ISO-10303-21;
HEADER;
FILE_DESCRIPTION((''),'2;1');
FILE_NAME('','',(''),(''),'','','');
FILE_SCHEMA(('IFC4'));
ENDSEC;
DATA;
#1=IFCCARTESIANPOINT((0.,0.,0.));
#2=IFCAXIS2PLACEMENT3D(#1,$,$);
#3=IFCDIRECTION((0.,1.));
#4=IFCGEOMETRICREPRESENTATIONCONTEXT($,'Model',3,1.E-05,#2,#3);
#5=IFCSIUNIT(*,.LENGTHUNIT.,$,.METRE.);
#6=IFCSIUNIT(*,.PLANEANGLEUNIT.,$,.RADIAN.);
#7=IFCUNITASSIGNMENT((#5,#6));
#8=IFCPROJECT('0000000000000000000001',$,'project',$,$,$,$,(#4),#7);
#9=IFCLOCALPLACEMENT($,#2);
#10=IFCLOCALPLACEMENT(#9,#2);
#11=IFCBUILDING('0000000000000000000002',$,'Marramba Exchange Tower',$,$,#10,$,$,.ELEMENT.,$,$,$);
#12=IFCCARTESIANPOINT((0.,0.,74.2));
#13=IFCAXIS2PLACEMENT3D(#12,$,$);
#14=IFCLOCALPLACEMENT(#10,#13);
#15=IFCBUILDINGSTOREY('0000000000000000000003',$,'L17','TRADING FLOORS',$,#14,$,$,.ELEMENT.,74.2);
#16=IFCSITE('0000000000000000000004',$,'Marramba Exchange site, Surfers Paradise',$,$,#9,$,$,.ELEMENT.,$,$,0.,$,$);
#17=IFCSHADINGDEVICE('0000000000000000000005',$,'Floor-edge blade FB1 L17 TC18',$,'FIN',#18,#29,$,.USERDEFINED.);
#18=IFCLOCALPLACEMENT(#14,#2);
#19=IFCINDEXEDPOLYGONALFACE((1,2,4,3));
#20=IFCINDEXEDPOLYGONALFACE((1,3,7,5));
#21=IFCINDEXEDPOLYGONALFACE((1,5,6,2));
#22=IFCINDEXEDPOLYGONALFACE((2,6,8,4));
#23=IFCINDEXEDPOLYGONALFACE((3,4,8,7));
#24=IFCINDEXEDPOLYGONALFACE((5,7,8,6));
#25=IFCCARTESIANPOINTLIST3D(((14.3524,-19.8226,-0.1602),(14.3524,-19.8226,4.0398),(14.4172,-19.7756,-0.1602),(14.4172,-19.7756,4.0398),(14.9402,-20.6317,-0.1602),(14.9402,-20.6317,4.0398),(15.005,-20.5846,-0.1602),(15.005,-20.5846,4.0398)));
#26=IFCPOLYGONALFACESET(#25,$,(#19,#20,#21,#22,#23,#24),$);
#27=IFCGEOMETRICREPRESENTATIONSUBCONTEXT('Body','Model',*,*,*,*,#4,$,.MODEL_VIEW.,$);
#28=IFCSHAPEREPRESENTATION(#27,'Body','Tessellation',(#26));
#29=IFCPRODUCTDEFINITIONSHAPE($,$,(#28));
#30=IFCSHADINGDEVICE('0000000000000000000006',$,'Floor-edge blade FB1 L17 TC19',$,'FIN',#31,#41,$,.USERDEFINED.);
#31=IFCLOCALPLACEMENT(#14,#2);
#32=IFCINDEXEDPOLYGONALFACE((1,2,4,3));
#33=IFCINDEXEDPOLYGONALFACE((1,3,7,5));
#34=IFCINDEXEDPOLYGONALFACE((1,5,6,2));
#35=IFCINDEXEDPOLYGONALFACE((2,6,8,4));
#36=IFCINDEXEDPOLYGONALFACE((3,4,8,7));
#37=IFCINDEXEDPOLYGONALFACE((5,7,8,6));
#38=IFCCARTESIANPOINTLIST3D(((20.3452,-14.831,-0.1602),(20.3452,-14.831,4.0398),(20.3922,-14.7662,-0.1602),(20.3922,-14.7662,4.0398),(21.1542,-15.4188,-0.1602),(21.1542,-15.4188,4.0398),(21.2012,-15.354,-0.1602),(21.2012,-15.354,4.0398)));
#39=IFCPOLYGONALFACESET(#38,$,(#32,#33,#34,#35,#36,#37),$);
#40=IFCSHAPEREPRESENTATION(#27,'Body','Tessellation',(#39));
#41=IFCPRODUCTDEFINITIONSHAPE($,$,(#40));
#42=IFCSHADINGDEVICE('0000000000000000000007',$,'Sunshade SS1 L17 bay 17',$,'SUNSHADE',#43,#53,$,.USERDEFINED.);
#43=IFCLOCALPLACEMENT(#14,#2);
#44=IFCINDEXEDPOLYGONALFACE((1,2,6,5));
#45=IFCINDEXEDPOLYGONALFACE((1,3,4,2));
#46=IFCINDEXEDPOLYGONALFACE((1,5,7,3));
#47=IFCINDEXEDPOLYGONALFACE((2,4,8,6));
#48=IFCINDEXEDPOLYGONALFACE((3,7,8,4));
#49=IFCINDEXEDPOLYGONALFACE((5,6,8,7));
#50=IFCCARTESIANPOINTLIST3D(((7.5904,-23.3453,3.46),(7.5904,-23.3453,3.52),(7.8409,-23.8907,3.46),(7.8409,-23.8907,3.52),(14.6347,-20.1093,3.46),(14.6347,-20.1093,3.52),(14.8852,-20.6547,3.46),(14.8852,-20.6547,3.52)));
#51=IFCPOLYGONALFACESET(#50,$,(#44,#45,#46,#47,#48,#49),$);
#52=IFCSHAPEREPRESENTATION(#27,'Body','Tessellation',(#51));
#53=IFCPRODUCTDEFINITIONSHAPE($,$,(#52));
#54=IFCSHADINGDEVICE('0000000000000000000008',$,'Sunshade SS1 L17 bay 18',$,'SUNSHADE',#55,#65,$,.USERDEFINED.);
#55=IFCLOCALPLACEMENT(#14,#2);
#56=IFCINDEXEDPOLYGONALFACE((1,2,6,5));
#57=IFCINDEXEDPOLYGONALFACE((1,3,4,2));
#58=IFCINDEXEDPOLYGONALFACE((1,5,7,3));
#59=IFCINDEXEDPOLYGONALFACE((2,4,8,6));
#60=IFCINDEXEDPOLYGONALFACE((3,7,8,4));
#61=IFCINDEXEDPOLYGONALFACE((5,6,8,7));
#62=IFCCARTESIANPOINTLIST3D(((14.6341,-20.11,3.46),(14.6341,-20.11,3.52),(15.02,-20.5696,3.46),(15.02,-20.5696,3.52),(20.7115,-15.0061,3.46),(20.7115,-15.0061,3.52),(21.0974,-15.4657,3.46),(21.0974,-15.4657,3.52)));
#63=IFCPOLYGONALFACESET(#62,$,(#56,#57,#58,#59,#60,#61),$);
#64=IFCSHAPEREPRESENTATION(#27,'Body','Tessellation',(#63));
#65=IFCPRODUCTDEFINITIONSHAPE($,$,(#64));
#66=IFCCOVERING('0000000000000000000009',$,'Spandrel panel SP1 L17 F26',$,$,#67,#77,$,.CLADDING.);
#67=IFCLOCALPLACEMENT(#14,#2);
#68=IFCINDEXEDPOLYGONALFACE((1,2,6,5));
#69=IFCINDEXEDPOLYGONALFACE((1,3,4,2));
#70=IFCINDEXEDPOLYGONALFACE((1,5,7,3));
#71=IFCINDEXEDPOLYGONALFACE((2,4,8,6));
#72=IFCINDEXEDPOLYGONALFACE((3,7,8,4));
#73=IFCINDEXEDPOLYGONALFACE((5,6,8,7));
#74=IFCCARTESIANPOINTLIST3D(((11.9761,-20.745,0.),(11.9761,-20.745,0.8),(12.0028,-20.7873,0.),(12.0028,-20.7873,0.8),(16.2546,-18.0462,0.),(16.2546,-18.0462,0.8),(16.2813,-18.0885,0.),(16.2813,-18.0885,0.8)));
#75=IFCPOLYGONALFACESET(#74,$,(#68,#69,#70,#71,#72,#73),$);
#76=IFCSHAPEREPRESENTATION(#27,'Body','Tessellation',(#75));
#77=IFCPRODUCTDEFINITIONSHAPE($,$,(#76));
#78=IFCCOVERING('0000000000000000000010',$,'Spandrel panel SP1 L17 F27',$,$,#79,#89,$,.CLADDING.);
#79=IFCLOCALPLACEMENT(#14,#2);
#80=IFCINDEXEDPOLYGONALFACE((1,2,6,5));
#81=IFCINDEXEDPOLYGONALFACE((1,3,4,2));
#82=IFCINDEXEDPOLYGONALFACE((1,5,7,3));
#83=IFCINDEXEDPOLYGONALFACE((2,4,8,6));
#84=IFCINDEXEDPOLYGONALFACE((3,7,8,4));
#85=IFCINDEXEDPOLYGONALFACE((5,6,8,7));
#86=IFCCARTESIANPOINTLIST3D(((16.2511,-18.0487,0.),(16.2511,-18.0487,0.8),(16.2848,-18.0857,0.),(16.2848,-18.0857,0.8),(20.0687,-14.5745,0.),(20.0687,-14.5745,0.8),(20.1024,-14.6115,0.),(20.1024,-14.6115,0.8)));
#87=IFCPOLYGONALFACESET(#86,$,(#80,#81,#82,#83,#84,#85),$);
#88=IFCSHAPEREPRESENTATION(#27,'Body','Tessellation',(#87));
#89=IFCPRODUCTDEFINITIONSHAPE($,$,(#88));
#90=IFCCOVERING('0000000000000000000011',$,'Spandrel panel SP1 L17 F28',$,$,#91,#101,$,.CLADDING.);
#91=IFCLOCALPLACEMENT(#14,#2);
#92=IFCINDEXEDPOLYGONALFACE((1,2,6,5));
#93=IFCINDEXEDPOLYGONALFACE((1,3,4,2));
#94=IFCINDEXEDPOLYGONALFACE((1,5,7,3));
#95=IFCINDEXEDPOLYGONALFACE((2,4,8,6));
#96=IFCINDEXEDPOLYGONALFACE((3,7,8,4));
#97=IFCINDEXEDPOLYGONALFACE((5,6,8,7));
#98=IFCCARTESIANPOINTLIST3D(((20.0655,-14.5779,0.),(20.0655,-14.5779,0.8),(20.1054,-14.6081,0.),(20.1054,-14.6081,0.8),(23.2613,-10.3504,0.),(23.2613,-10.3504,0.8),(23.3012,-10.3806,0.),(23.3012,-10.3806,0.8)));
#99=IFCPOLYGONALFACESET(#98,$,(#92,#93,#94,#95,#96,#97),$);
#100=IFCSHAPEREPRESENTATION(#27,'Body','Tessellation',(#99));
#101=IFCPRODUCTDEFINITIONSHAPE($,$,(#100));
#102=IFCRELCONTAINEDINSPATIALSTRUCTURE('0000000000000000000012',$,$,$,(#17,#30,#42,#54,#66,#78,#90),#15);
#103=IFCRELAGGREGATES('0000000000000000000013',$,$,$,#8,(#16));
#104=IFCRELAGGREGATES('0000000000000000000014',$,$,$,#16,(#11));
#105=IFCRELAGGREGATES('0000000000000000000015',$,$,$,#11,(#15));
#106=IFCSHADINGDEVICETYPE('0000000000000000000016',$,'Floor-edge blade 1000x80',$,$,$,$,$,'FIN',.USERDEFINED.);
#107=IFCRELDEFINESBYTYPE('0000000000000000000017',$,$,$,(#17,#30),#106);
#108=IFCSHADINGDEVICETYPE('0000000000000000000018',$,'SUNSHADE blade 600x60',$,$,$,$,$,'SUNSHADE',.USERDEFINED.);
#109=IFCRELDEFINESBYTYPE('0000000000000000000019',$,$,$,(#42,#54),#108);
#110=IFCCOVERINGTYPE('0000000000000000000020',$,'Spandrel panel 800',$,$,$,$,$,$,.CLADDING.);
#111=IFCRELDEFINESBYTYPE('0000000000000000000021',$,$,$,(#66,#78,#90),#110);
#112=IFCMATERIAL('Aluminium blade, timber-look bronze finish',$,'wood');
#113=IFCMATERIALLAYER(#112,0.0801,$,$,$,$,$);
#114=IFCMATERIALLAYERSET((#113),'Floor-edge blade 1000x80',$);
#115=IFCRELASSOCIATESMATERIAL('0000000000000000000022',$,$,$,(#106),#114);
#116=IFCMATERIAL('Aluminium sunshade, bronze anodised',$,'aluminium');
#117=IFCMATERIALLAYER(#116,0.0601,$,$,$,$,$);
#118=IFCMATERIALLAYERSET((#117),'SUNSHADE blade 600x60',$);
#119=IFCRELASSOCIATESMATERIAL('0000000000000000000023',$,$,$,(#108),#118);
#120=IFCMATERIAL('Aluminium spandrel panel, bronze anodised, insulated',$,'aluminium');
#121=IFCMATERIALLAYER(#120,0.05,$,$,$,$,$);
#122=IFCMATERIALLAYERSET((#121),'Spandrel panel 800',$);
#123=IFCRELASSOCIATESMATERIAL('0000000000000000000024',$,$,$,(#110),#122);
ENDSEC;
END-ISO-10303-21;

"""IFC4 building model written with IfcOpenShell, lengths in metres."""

from ifc_helpers import new_model, si_unit, direction, frame, origin, origin_2d, place, context, subcontext, project, spatial, rectangle, extrude, material, layer, layer_set, type_object, element, save


model = new_model("IFC4")

# Units and contexts
model_context = context("Model", 3, precision=1e-05, world=origin(), true_north=direction((0.0, 1.0)))
body_context = subcontext(model_context, "Body", "Model", "MODEL_VIEW")
ifc_project = project(units=[si_unit("LENGTHUNIT", "METRE"), si_unit("PLANEANGLEUNIT", "RADIAN")], contexts=[model_context])

# Site, building, storey
site_placement = place(None, origin())
site = spatial("IfcSite", under=ifc_project, at=site_placement, Name="Marramba Exchange site, Surfers Paradise", CompositionType="ELEMENT", RefElevation=0.0)
building_placement = place(site_placement, origin())
building = spatial("IfcBuilding", under=site, at=building_placement, Name="Marramba Exchange Tower", CompositionType="ELEMENT")
storey_placement = place(building_placement, frame((0.0, 0.0, 74.2)))
storey = spatial("IfcBuildingStorey", under=building, at=storey_placement, Name="L17", Description="TRADING FLOORS", CompositionType="ELEMENT", Elevation=74.2)

# Shading devices
ifc_material_1 = material(Name="Aluminium blade, timber-look bronze finish", Category="wood")
ifc_layer_1 = layer(ifc_material_1, 0.0801)
ifc_layer_set_1 = layer_set([ifc_layer_1], Name="Floor-edge blade 1000x80")
shading_device_type_1 = type_object("IfcShadingDeviceType", Name="Floor-edge blade 1000x80", ElementType="FIN", PredefinedType="USERDEFINED", material=ifc_layer_set_1)
for number, where, z_axis, x_axis, name in (
    (1, (14.6787, -20.2036, -0.1602), (0.0, 0.0, 1.0), (0.587785, -0.809017, 0.0), "Floor-edge blade FB1 L17 TC18"),
    (2, (20.7732, -15.0925, -0.1602), (0.0, 0.0, 1.0), (0.809017, -0.587785, 0.0), "Floor-edge blade FB1 L17 TC19"),
):
    element("IfcShadingDevice", number, at=place(storey_placement, frame(where, z_axis=z_axis, x_axis=x_axis)), inside=storey, type_object=shading_device_type_1, Name=name, ObjectType="FIN", PredefinedType="USERDEFINED", context=body_context, shape_type="SweptSolid", body=[
        extrude(rectangle(XDim=1.0, YDim=0.0801, at=origin_2d()), origin(), (0.0, 0.0, 1.0), 4.2),
    ])
ifc_material_2 = material(Name="Aluminium sunshade, bronze anodised", Category="aluminium")
ifc_layer_2 = layer(ifc_material_2, 0.0601)
ifc_layer_set_2 = layer_set([ifc_layer_2], Name="SUNSHADE blade 600x60")
shading_device_type_2 = type_object("IfcShadingDeviceType", Name="SUNSHADE blade 600x60", ElementType="SUNSHADE", PredefinedType="USERDEFINED", material=ifc_layer_set_2)
shading_device_1_placement = place(storey_placement, frame((11.2378, -22.0, 3.46), z_axis=(0.0, 0.0, 1.0), x_axis=(0.908704, 0.417442, 0.0)))
element("IfcShadingDevice", 3, at=shading_device_1_placement, inside=storey, type_object=shading_device_type_2, Name="Sunshade SS1 L17 bay 17", ObjectType="SUNSHADE", PredefinedType="USERDEFINED", context=body_context, shape_type="SweptSolid", body=[
    extrude(rectangle(XDim=7.752, YDim=0.6001, at=origin_2d()), origin(), (0.0, 0.0, 1.0), 0.0601),
])
shading_device_2_placement = place(storey_placement, frame((17.8657, -17.7878, 3.46), z_axis=(0.0, 0.0, 1.0), x_axis=(0.765776, 0.643107, 0.0)))
element("IfcShadingDevice", 4, at=shading_device_2_placement, inside=storey, type_object=shading_device_type_2, Name="Sunshade SS1 L17 bay 18", ObjectType="SUNSHADE", PredefinedType="USERDEFINED", context=body_context, shape_type="SweptSolid", body=[
    extrude(rectangle(XDim=7.9363, YDim=0.6001, at=origin_2d()), origin(), (0.0, 0.0, 1.0), 0.0601),
])

# Coverings
ifc_material_3 = material(Name="Aluminium spandrel panel, bronze anodised, insulated", Category="aluminium")
ifc_layer_3 = layer(ifc_material_3, 0.05)
ifc_layer_set_3 = layer_set([ifc_layer_3], Name="Spandrel panel 800")
covering_type = type_object("IfcCoveringType", Name="Spandrel panel 800", PredefinedType="CLADDING", material=ifc_layer_set_3)
covering_1_placement = place(storey_placement, frame((14.1287, -19.4167, 0.0), z_axis=(0.0, 0.0, 1.0), x_axis=(0.845791, 0.533515, 0.0)))
element("IfcCovering", 5, at=covering_1_placement, inside=storey, type_object=covering_type, Name="Spandrel panel SP1 L17 F26", PredefinedType="CLADDING", context=body_context, shape_type="SweptSolid", body=[
    extrude(rectangle(XDim=5.0586, YDim=0.05, at=origin_2d()), origin(), (0.0, 0.0, 1.0), 0.8),
])
covering_2_placement = place(storey_placement, frame((18.1768, -16.3301, 0.0), z_axis=(0.0, 0.0, 1.0), x_axis=(0.73959, 0.673058, 0.0)))
element("IfcCovering", 6, at=covering_2_placement, inside=storey, type_object=covering_type, Name="Spandrel panel SP1 L17 F27", PredefinedType="CLADDING", context=body_context, shape_type="SweptSolid", body=[
    extrude(rectangle(XDim=5.1619, YDim=0.05, at=origin_2d()), origin(), (0.0, 0.0, 1.0), 0.8),
])
covering_3_placement = place(storey_placement, frame((21.6833, -12.4792, 0.0), z_axis=(0.0, 0.0, 1.0), x_axis=(0.60304, 0.797711, 0.0)))
element("IfcCovering", 7, at=covering_3_placement, inside=storey, type_object=covering_type, Name="Spandrel panel SP1 L17 F28", PredefinedType="CLADDING", context=body_context, shape_type="SweptSolid", body=[
    extrude(rectangle(XDim=5.2996, YDim=0.05, at=origin_2d()), origin(), (0.0, 0.0, 1.0), 0.8),
])

save(model, "model.ifc")
